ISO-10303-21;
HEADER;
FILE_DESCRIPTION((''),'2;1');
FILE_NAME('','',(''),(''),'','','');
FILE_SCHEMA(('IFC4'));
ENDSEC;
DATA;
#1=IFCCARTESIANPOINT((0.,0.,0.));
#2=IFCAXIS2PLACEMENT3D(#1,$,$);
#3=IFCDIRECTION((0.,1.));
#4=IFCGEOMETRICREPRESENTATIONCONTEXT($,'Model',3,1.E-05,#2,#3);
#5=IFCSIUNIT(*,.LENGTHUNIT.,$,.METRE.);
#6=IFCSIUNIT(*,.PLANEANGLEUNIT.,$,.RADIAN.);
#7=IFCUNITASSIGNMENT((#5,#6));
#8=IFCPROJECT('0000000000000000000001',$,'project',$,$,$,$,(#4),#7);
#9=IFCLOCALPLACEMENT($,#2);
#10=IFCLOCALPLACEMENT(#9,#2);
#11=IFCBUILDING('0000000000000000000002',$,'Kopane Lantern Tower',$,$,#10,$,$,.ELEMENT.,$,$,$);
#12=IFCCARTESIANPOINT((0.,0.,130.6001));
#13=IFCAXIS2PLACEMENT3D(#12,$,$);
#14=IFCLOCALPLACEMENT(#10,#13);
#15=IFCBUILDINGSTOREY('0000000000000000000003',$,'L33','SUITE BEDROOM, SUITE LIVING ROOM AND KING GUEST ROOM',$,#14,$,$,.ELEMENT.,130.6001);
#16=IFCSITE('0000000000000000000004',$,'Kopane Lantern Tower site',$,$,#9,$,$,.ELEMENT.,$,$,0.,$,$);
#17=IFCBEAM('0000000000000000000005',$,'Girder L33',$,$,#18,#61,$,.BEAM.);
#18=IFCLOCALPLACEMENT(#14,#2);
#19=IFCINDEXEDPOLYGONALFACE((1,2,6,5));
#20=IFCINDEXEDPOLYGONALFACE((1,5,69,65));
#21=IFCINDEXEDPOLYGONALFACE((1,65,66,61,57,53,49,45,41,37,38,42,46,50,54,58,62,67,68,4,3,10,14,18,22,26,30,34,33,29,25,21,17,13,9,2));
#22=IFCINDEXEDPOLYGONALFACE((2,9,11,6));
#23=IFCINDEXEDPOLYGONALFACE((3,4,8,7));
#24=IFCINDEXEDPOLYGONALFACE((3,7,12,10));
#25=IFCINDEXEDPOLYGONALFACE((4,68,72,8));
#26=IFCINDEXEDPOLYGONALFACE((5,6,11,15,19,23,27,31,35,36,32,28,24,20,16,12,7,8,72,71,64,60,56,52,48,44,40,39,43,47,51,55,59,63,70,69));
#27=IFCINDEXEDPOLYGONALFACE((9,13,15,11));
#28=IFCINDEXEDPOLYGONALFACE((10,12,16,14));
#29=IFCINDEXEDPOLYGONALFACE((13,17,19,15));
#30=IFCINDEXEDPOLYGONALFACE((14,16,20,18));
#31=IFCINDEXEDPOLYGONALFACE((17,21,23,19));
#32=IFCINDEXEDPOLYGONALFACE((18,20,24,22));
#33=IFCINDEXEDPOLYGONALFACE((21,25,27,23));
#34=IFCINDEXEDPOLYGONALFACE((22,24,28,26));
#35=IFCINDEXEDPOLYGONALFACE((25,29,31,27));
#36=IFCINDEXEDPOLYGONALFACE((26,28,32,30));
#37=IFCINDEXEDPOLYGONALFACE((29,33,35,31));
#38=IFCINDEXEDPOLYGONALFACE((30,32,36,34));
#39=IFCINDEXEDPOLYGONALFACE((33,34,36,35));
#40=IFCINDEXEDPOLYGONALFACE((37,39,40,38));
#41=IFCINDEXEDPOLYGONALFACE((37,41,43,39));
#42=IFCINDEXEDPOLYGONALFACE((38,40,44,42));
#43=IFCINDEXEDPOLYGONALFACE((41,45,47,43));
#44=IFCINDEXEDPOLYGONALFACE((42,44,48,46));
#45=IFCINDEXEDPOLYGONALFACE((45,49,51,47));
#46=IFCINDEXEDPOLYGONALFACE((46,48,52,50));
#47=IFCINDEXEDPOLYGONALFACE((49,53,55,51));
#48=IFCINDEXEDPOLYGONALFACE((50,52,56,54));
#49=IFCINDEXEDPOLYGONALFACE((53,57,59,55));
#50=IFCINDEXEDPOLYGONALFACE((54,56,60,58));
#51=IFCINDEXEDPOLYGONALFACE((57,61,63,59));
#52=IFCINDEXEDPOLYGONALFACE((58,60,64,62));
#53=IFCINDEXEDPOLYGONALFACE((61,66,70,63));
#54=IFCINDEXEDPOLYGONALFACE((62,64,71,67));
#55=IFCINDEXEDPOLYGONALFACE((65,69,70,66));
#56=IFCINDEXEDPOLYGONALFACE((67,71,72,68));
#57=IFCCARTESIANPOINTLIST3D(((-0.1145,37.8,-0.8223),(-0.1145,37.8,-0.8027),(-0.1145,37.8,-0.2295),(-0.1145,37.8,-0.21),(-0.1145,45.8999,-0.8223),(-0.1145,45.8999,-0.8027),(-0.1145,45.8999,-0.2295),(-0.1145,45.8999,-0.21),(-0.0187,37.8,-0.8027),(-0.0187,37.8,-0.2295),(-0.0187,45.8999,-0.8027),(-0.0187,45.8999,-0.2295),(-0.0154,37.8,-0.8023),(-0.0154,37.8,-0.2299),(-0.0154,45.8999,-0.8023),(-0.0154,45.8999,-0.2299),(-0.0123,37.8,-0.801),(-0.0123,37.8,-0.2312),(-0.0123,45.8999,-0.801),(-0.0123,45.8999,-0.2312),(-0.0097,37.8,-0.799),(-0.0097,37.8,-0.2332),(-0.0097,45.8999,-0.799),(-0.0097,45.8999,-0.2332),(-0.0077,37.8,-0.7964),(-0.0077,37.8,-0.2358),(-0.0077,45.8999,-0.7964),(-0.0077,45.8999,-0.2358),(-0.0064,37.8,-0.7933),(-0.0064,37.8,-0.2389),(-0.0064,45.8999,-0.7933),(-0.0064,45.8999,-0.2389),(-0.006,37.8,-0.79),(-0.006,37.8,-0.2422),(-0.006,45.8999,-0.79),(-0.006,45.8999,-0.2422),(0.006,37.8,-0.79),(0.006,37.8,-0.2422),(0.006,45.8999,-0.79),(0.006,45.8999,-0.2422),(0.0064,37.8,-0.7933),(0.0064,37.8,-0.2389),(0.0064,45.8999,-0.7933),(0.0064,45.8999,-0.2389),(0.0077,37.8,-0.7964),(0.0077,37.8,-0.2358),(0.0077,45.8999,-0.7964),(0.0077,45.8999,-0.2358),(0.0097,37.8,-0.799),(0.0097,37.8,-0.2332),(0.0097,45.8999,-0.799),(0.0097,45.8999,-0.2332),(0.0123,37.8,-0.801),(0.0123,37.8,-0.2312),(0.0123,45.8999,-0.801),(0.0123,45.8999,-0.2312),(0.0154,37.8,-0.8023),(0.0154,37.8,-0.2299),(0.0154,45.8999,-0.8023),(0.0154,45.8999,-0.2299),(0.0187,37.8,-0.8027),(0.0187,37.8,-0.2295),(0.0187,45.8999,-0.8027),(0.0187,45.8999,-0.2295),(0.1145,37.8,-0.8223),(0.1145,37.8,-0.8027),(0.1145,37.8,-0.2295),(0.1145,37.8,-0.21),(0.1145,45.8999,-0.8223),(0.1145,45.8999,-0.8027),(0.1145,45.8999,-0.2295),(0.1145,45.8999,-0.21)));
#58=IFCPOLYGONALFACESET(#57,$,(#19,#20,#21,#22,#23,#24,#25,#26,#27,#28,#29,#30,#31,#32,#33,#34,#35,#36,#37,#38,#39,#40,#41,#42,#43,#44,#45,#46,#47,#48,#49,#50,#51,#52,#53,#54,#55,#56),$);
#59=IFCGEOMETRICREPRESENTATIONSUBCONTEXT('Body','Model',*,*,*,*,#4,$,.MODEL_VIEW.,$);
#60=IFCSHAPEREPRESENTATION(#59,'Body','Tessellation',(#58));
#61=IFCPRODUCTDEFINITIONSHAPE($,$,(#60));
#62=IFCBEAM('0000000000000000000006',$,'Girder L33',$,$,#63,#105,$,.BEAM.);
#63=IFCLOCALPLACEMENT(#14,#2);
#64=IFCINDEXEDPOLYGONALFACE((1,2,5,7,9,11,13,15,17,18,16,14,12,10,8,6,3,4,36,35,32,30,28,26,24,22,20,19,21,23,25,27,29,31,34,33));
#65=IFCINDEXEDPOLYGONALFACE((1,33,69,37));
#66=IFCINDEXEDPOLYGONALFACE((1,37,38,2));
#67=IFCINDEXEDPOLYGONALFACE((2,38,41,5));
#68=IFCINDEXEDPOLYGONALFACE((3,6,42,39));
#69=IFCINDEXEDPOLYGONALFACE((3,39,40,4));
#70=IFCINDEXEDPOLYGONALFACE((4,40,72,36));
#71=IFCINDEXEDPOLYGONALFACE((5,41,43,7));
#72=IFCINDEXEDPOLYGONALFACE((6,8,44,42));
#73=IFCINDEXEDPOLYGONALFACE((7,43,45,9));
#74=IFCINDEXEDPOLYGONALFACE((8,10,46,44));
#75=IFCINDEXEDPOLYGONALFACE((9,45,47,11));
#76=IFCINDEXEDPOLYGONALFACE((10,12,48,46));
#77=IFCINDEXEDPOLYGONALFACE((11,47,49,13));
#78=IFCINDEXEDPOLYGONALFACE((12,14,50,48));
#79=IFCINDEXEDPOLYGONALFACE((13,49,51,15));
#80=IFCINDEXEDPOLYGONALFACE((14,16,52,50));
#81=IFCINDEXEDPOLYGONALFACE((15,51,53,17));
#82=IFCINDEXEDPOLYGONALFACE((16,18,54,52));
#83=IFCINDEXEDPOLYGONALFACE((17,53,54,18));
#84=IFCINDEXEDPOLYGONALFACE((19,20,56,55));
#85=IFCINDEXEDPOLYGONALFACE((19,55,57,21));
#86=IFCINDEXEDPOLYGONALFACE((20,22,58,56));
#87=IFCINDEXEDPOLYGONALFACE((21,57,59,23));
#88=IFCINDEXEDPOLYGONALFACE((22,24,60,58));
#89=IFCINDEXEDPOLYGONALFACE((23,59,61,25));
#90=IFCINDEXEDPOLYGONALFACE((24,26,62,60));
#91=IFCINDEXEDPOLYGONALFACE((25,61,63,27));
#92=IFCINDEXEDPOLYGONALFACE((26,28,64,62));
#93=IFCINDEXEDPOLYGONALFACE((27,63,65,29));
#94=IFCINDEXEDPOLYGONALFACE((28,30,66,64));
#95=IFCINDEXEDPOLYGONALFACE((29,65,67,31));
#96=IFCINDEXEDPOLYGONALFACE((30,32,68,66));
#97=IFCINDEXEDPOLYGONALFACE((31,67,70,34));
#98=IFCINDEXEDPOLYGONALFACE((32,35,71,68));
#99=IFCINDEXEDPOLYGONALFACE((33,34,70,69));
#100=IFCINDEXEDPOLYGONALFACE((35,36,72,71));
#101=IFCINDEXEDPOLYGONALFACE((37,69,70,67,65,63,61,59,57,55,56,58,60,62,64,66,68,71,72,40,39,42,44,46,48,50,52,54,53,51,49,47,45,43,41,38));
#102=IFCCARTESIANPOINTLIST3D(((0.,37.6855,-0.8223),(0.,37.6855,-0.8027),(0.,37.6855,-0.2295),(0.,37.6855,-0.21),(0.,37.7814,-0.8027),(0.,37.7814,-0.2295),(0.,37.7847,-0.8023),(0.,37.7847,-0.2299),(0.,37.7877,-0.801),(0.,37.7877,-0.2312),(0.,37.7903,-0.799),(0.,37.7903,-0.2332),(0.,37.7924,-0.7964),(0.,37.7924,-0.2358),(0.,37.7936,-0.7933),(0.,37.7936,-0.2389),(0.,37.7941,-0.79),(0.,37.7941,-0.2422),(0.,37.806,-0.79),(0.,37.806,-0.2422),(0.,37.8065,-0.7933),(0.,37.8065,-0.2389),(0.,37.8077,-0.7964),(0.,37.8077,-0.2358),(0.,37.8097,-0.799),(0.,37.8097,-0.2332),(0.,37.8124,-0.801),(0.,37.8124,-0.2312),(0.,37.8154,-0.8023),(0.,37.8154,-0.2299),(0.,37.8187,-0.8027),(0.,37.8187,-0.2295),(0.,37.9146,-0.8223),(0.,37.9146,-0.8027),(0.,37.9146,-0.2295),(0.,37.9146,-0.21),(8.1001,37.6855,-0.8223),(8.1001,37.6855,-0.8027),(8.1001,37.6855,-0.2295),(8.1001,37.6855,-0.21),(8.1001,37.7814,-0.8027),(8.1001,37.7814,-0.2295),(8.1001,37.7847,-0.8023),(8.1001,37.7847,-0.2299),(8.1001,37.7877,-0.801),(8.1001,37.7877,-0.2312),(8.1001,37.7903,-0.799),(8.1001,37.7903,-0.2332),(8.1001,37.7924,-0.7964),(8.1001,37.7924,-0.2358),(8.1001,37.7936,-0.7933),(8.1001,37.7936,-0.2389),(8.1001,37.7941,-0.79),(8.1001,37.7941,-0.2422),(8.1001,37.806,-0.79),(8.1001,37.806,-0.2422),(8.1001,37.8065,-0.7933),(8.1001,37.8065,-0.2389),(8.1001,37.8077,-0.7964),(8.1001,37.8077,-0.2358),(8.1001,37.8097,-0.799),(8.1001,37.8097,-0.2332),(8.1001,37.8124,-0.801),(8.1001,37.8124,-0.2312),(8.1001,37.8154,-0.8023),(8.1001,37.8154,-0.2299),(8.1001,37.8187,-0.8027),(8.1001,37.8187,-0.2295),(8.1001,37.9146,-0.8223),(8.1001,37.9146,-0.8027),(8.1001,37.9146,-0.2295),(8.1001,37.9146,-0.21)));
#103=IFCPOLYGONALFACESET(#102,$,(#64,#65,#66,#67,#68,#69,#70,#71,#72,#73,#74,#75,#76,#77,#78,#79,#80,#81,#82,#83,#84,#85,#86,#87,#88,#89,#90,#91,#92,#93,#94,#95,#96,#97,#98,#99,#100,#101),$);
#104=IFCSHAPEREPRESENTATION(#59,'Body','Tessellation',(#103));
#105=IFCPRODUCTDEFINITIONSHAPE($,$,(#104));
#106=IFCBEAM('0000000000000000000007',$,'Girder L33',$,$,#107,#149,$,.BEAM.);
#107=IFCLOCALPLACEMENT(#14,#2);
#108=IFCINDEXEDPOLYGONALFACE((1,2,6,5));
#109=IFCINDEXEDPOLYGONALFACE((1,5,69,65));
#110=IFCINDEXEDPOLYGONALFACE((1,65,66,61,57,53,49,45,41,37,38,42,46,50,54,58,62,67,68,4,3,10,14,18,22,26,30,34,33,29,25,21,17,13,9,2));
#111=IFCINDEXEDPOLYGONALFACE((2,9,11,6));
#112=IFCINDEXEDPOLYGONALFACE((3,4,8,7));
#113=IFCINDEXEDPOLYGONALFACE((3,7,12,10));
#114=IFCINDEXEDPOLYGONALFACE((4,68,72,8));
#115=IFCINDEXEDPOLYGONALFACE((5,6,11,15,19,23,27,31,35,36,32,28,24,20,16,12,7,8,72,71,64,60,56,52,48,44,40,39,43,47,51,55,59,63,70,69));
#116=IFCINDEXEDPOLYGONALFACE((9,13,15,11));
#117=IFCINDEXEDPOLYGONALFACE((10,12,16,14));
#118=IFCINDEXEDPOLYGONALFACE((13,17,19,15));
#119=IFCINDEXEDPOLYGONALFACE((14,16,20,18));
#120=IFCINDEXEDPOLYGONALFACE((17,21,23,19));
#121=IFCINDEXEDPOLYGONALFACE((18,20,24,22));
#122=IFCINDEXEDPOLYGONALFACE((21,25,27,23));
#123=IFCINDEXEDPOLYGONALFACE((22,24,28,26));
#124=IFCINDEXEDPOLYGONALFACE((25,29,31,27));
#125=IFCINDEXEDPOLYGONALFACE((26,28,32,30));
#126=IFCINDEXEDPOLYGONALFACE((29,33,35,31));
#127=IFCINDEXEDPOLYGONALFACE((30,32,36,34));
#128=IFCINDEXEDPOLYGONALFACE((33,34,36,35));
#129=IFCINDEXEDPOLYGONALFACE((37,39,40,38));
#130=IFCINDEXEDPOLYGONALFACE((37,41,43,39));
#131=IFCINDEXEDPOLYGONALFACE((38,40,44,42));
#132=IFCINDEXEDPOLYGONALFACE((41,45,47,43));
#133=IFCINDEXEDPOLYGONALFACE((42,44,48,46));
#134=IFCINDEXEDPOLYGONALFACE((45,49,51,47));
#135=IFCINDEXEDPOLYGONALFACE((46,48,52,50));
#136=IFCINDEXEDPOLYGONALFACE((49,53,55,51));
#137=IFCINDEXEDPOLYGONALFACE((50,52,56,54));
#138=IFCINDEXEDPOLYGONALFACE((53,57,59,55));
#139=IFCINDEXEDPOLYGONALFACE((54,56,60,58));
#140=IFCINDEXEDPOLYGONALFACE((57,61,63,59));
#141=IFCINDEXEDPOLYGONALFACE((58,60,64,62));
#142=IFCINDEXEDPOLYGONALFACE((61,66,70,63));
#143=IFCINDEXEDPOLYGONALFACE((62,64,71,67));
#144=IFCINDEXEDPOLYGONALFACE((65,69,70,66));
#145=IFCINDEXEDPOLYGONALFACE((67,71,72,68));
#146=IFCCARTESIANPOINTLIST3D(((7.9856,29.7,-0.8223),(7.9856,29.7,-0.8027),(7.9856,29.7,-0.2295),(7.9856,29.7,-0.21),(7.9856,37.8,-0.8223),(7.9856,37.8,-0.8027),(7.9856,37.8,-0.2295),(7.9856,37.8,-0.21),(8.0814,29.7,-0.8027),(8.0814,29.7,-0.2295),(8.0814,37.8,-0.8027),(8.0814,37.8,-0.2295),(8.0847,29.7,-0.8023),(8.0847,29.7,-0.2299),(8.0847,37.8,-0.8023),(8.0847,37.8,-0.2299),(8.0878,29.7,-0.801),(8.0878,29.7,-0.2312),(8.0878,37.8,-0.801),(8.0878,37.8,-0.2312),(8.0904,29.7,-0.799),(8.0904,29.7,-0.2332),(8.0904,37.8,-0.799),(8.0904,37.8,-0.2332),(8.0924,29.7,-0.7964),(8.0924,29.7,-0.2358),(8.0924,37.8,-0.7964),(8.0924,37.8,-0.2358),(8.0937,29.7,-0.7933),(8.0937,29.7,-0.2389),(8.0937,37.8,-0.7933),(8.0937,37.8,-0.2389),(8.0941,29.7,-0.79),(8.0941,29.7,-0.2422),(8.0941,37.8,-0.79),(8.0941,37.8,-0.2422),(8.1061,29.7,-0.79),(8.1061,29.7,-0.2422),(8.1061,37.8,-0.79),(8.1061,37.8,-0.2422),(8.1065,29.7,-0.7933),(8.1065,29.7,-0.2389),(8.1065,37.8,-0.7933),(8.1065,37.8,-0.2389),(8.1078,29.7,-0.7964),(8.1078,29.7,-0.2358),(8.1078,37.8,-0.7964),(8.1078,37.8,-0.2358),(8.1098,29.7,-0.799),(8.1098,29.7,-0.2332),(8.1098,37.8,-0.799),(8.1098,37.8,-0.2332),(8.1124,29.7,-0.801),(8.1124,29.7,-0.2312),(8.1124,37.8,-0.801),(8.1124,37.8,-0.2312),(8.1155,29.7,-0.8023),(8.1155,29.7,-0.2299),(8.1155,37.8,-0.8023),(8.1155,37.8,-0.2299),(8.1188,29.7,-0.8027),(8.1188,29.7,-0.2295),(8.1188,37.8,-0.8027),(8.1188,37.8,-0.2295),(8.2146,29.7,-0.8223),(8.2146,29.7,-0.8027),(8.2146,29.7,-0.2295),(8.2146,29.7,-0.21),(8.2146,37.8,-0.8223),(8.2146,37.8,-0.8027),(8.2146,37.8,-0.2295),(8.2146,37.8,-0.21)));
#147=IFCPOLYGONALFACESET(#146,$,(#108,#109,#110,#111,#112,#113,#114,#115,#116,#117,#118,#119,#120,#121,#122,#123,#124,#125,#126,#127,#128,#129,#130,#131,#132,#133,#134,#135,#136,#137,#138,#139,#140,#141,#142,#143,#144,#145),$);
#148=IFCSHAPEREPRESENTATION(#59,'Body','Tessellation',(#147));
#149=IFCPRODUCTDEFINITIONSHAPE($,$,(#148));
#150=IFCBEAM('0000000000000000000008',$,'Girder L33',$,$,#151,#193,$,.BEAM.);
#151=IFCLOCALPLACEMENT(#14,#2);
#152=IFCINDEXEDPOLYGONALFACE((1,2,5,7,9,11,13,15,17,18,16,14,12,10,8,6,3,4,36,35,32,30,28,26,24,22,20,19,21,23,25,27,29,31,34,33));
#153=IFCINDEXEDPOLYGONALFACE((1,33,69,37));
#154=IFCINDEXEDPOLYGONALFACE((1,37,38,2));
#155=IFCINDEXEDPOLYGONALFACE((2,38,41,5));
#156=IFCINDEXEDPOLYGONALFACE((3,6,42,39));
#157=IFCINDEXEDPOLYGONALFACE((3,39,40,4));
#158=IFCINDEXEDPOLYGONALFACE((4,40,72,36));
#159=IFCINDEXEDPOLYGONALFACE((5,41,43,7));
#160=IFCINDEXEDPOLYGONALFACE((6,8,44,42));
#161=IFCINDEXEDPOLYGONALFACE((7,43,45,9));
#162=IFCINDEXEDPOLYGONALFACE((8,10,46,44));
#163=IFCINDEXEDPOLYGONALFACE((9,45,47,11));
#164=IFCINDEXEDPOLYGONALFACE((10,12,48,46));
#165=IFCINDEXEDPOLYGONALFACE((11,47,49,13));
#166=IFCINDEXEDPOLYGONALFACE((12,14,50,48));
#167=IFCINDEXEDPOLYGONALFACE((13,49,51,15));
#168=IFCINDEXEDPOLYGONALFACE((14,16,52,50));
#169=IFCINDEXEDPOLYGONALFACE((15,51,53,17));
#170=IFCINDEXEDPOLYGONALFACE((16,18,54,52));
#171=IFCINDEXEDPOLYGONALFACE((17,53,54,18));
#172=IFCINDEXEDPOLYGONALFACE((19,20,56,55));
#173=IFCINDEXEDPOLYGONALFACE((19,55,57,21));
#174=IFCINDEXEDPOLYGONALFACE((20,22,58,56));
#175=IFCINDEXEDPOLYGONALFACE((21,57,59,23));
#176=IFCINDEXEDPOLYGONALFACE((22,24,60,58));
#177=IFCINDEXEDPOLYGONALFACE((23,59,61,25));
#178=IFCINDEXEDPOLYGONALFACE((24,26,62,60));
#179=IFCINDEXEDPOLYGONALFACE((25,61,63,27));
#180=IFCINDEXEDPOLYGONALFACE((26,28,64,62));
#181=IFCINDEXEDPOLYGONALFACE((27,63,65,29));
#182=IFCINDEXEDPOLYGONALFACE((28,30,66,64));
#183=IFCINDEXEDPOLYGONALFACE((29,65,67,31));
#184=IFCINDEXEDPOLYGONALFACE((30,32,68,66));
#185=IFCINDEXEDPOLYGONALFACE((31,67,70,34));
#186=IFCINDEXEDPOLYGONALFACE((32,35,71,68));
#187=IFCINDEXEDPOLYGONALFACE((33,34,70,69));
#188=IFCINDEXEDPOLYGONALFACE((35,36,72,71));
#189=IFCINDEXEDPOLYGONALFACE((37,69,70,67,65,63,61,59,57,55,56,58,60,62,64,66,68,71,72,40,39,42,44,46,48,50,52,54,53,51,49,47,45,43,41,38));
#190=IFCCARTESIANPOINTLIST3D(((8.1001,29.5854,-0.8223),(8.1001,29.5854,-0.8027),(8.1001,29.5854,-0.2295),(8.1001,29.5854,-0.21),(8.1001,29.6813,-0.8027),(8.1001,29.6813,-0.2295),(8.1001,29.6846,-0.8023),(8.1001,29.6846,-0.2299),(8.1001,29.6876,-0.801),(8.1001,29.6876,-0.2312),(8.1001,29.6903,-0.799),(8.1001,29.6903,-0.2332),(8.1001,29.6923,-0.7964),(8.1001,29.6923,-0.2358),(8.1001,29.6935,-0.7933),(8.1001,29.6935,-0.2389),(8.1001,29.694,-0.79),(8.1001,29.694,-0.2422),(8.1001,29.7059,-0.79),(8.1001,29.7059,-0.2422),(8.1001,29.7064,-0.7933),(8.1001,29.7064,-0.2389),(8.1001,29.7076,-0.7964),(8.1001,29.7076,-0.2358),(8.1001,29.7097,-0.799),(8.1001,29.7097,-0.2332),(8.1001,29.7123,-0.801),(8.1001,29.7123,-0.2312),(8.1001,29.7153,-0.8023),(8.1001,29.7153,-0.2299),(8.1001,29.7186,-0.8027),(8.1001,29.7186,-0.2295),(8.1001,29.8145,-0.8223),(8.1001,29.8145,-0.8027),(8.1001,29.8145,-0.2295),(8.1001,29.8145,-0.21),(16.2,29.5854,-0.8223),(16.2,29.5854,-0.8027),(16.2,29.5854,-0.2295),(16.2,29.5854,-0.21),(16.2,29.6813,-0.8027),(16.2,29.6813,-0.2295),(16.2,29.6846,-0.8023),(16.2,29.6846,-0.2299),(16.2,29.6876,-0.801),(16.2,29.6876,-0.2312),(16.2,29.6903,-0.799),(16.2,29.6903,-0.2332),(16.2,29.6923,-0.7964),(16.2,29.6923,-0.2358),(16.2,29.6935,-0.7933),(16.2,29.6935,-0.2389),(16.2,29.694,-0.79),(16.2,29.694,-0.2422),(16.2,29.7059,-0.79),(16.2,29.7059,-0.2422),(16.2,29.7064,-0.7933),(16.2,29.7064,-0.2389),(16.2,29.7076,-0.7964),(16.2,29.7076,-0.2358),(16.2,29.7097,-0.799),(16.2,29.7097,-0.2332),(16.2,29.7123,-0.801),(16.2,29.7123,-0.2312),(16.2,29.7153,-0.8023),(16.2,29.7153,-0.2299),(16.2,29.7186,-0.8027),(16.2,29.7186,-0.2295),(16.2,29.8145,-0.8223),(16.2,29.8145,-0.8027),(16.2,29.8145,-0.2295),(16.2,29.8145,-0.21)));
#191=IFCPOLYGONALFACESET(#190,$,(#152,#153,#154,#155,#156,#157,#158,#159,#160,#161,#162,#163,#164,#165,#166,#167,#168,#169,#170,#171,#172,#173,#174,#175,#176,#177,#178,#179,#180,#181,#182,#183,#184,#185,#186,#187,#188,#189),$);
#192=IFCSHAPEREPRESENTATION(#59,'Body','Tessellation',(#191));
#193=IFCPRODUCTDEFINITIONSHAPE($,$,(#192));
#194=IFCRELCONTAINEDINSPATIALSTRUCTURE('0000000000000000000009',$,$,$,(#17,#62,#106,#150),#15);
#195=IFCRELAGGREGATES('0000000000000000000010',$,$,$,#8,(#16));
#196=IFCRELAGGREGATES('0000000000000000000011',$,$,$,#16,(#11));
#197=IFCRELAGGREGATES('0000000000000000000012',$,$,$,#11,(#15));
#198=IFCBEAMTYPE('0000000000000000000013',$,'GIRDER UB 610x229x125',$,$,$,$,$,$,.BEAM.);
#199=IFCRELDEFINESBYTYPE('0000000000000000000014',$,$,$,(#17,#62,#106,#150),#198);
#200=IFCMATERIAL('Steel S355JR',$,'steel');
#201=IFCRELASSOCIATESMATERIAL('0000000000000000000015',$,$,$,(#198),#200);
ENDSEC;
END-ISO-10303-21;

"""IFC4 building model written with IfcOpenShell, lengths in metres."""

from ifc_helpers import new_model, si_unit, direction, frame, origin, origin_2d, place, context, subcontext, project, spatial, i_section, extrude, material, material_profile, profile_set, type_object, element, save


model = new_model("IFC4")

# Units and contexts
model_context = context("Model", 3, precision=1e-05, world=origin(), true_north=direction((0.0, 1.0)))
body_context = subcontext(model_context, "Body", "Model", "MODEL_VIEW")
ifc_project = project(units=[si_unit("LENGTHUNIT", "METRE"), si_unit("PLANEANGLEUNIT", "RADIAN")], contexts=[model_context])

# Site, building, storey
site_placement = place(None, origin())
site = spatial("IfcSite", under=ifc_project, at=site_placement, Name="Kopane Lantern Tower site", CompositionType="ELEMENT", RefElevation=0.0)
building_placement = place(site_placement, origin())
building = spatial("IfcBuilding", under=site, at=building_placement, Name="Kopane Lantern Tower", CompositionType="ELEMENT")
storey_placement = place(building_placement, frame((0.0, 0.0, 130.6001)))
storey = spatial("IfcBuildingStorey", under=building, at=storey_placement, Name="L33", Description="SUITE BEDROOM, SUITE LIVING ROOM AND KING GUEST ROOM", CompositionType="ELEMENT", Elevation=130.6001)

# Beams
ifc_material_1 = material(Name="Steel S355JR", Category="steel")
ifc_material_profile_1 = material_profile(ifc_material_1, i_section(OverallWidth=0.229, OverallDepth=0.6123, WebThickness=0.012, FlangeThickness=0.0195, FilletRadius=0.0127, at=origin_2d()), Name="UB 610x229x125")
ifc_profile_set_1 = profile_set([ifc_material_profile_1], Name="Steel S355JR")
beam_type = type_object("IfcBeamType", Name="GIRDER UB 610x229x125", PredefinedType="BEAM", material=ifc_profile_set_1)
beam_placement = place(storey_placement, frame((0.0, 37.8, -0.5161), z_axis=(0.0, 1.0, 0.0), x_axis=(-1.0, 0.0, 0.0)))
element("IfcBeam", 1, at=beam_placement, inside=storey, type_object=beam_type, Name="Girder L33", PredefinedType="BEAM", context=body_context, shape_type="SweptSolid", body=[
    extrude(i_section(OverallWidth=0.229, OverallDepth=0.6123, WebThickness=0.012, FlangeThickness=0.0195, FilletRadius=0.0127, at=origin_2d()), origin(), (0.0, 0.0, 1.0), 8.0999),
])
for number, where, z_axis, x_axis, name in (
    (2, (0.0, 37.8, -0.5161), (1.0, 0.0, 0.0), (0.0, 1.0, 0.0), "Girder L33"),
    (3, (8.1001, 29.7, -0.5161), (0.0, 1.0, 0.0), (-1.0, 0.0, 0.0), "Girder L33"),
):
    element("IfcBeam", number, at=place(storey_placement, frame(where, z_axis=z_axis, x_axis=x_axis)), inside=storey, type_object=beam_type, Name=name, PredefinedType="BEAM", context=body_context, shape_type="SweptSolid", body=[
        extrude(i_section(OverallWidth=0.229, OverallDepth=0.6123, WebThickness=0.012, FlangeThickness=0.0195, FilletRadius=0.0127, at=origin_2d()), origin(), (0.0, 0.0, 1.0), 8.1001),
    ])
for number, where, z_axis, x_axis, name in (
    (4, (8.1001, 29.7, -0.5161), (1.0, 0.0, 0.0), (0.0, 1.0, 0.0), "Girder L33"),
):
    element("IfcBeam", number, at=place(storey_placement, frame(where, z_axis=z_axis, x_axis=x_axis)), inside=storey, type_object=beam_type, Name=name, PredefinedType="BEAM", context=body_context, shape_type="SweptSolid", body=[
        extrude(i_section(OverallWidth=0.229, OverallDepth=0.6123, WebThickness=0.012, FlangeThickness=0.0195, FilletRadius=0.0127, at=origin_2d()), origin(), (0.0, 0.0, 1.0), 8.0999),
    ])

save(model, "model.ifc")
